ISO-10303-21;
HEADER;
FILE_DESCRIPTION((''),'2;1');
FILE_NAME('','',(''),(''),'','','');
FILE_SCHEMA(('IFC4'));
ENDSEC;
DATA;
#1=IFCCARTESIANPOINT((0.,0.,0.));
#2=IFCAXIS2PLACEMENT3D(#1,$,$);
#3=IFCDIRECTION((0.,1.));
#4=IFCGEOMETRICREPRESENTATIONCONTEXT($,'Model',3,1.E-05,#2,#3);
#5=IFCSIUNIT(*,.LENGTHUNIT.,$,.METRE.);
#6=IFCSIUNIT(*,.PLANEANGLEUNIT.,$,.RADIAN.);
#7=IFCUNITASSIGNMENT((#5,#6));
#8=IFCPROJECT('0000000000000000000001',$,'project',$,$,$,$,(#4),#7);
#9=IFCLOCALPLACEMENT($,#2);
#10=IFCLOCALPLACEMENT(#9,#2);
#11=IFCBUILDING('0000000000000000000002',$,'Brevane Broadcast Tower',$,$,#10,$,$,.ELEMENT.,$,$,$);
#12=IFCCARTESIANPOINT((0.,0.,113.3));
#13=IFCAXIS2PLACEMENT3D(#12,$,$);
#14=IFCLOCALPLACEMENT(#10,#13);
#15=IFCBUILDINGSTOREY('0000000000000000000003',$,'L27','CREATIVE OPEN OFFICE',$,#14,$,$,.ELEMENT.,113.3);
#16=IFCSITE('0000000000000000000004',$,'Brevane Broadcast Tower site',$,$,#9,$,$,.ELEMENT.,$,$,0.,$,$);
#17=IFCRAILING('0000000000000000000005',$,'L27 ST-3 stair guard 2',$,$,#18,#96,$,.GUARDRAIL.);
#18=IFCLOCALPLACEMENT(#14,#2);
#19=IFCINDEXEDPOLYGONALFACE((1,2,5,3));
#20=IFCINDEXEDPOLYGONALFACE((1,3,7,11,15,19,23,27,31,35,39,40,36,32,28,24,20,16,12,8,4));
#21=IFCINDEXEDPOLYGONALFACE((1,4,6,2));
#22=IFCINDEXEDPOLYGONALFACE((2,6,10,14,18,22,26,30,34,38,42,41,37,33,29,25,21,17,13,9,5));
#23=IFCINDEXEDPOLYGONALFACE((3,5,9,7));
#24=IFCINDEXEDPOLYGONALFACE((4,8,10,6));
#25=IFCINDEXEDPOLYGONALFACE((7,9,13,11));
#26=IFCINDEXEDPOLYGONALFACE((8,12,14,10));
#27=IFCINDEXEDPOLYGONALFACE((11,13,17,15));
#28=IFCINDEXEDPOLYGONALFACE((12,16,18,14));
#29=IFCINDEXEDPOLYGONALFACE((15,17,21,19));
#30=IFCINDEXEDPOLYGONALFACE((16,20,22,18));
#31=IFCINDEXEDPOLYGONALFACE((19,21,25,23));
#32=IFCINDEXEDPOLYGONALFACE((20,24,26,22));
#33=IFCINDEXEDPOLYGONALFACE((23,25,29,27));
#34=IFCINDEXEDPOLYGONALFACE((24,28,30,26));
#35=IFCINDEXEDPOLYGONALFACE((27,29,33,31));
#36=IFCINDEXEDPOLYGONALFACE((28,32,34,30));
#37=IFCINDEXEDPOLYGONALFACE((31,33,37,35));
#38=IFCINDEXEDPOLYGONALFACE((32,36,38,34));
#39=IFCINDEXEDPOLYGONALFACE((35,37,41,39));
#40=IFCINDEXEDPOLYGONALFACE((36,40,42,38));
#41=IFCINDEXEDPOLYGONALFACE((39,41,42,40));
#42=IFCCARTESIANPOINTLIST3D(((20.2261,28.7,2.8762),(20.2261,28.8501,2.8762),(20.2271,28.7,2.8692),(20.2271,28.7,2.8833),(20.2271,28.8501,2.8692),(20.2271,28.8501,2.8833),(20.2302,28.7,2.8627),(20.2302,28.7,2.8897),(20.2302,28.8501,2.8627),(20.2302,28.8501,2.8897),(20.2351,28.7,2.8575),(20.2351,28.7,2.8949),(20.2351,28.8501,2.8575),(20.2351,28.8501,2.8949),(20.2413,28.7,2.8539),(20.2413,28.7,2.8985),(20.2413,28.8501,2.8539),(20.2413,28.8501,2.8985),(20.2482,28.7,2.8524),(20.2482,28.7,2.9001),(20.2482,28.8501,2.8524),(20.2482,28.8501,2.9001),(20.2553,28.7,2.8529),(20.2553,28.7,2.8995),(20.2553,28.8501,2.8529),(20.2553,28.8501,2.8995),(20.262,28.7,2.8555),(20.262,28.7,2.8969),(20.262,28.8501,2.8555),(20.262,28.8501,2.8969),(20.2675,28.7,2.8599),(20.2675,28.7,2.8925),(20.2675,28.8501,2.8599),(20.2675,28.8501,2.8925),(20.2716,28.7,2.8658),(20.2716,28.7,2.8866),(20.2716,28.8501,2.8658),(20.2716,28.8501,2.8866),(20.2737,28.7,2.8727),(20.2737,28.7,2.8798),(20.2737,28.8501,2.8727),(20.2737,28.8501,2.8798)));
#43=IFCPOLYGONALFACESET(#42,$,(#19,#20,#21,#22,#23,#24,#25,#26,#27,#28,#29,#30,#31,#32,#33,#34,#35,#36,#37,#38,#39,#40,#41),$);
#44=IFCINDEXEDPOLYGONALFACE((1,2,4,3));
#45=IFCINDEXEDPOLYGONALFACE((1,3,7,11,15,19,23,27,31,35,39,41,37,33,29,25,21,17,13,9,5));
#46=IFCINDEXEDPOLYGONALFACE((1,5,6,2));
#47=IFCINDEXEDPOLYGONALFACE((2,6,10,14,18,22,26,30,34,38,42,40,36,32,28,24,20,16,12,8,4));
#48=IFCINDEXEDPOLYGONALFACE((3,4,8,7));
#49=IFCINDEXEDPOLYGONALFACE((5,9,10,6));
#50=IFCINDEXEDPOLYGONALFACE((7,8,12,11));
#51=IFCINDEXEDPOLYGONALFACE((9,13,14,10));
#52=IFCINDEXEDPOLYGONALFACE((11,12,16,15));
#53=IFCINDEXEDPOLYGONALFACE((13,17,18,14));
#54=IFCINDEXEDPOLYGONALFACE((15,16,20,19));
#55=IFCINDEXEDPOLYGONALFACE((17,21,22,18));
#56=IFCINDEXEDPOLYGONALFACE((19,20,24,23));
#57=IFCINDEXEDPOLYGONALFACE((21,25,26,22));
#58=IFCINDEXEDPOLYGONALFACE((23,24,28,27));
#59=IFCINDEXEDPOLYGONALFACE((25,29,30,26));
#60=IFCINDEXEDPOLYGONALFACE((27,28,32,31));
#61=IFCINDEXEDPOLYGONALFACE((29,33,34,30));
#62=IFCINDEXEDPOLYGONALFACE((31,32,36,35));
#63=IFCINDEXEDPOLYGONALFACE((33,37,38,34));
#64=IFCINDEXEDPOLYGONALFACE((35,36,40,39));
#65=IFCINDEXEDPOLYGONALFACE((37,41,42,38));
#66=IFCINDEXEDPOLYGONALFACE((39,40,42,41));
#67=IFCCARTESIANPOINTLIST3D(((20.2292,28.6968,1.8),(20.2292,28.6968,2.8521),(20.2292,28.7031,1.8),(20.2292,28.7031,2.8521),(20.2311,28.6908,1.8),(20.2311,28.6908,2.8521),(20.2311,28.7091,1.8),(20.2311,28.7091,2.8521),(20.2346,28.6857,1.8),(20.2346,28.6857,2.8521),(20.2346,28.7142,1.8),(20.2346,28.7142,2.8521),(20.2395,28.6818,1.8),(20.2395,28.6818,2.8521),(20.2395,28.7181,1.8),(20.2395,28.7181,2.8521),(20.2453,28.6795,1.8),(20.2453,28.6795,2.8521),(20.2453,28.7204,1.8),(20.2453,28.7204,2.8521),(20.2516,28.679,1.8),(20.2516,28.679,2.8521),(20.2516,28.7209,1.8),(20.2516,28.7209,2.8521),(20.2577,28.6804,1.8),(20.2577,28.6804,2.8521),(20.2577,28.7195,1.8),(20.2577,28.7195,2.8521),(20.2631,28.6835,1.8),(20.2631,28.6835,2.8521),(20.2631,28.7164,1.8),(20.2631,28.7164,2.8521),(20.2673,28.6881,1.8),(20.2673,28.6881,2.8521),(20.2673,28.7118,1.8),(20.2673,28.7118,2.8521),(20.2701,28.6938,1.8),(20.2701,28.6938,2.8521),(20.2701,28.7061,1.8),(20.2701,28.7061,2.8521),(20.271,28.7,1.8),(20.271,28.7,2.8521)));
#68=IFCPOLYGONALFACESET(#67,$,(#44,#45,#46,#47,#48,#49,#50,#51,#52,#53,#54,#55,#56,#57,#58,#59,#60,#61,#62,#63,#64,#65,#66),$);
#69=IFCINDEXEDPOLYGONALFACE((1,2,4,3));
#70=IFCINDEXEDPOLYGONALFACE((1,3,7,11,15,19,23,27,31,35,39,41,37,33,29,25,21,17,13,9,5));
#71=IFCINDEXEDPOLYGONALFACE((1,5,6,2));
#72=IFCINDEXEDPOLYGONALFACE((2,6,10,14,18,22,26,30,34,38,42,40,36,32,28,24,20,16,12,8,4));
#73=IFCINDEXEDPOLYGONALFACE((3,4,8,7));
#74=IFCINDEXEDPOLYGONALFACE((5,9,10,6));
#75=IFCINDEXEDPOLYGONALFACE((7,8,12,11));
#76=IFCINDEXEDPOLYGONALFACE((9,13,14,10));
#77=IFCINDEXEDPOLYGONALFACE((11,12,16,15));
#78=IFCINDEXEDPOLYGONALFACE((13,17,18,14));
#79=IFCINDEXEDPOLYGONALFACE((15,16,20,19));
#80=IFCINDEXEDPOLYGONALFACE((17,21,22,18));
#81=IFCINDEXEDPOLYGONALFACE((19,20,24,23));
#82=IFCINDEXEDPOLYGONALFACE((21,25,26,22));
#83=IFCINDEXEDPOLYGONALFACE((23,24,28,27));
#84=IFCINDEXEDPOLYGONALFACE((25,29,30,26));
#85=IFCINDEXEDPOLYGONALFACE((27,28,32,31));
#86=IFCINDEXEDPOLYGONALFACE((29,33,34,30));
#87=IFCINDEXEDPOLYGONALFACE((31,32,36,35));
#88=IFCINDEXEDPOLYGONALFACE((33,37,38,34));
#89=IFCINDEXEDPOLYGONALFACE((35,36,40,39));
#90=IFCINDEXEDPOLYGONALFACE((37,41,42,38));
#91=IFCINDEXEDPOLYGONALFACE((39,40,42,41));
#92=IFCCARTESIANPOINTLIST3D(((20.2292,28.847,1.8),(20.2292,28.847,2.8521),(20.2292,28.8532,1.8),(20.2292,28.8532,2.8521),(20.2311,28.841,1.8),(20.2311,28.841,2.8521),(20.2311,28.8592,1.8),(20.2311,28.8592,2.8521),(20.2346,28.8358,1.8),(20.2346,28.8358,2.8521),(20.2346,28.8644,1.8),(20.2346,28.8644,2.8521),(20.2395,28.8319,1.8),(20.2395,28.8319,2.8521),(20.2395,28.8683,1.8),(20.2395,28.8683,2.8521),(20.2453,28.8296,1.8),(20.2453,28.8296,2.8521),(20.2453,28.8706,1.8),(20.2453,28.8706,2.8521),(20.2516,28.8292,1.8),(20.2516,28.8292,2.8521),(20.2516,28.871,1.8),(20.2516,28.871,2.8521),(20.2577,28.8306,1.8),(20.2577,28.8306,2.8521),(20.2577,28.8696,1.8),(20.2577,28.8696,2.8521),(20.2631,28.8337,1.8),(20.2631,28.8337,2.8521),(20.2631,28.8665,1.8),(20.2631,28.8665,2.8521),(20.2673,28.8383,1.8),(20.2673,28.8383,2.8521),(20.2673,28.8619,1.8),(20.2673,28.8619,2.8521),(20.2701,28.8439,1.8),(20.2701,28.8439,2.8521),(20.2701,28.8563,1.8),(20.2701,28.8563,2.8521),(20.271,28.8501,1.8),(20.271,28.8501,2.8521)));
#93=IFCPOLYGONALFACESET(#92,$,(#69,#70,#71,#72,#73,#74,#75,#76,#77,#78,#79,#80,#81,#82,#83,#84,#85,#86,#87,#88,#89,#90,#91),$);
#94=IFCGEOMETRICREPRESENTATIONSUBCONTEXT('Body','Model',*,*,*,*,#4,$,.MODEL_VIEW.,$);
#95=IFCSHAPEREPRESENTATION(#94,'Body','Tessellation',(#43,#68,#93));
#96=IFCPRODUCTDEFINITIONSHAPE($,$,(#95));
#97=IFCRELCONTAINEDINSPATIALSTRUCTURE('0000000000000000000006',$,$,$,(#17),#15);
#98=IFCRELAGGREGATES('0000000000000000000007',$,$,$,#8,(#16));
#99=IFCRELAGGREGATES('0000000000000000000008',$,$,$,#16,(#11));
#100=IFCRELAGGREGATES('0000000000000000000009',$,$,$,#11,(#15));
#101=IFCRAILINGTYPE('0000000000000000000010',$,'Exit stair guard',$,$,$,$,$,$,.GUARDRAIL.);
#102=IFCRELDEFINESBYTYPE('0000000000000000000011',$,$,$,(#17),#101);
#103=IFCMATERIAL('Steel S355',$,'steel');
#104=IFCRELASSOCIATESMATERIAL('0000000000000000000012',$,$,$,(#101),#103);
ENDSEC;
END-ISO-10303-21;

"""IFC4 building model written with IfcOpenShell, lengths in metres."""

from ifc_helpers import new_model, si_unit, direction, frame, origin, origin_2d, place, context, subcontext, project, spatial, circle, extrude, material, type_object, element, save


model = new_model("IFC4")

# Units and contexts
model_context = context("Model", 3, precision=1e-05, world=origin(), true_north=direction((0.0, 1.0)))
body_context = subcontext(model_context, "Body", "Model", "MODEL_VIEW")
ifc_project = project(units=[si_unit("LENGTHUNIT", "METRE"), si_unit("PLANEANGLEUNIT", "RADIAN")], contexts=[model_context])

# Site, building, storey
site_placement = place(None, origin())
site = spatial("IfcSite", under=ifc_project, at=site_placement, Name="Brevane Broadcast Tower site", CompositionType="ELEMENT", RefElevation=0.0)
building_placement = place(site_placement, origin())
building = spatial("IfcBuilding", under=site, at=building_placement, Name="Brevane Broadcast Tower", CompositionType="ELEMENT")
storey_placement = place(building_placement, frame((0.0, 0.0, 113.3)))
storey = spatial("IfcBuildingStorey", under=building, at=storey_placement, Name="L27", Description="CREATIVE OPEN OFFICE", CompositionType="ELEMENT", Elevation=113.3)

# Railing
ifc_material_1 = material(Name="Steel S355", Category="steel")
railing_type_1 = type_object("IfcRailingType", Name="Exit stair guard", PredefinedType="GUARDRAIL", material=ifc_material_1)
railing_1_placement = place(storey_placement, frame((20.25, 28.7, 1.8)))
element("IfcRailing", 1, at=railing_1_placement, inside=storey, type_object=railing_type_1, Name="L27 ST-3 stair guard 2", PredefinedType="GUARDRAIL", context=body_context, shape_type="SweptSolid", body=[
    extrude(circle(Radius=0.0239, at=origin_2d()), frame((0.0, 0.0, 1.0762), z_axis=(0.0, 1.0, 0.0), x_axis=(-1.0, 0.0, 0.0)), (0.0, 0.0, 1.0), 0.1501),
    extrude(circle(Radius=0.021, at=origin_2d()), origin(), (0.0, 0.0, 1.0), 1.052),
    extrude(circle(Radius=0.021, at=origin_2d()), frame((0.0, 0.1501, 0.0)), (0.0, 0.0, 1.0), 1.052),
])

save(model, "model.ifc")
